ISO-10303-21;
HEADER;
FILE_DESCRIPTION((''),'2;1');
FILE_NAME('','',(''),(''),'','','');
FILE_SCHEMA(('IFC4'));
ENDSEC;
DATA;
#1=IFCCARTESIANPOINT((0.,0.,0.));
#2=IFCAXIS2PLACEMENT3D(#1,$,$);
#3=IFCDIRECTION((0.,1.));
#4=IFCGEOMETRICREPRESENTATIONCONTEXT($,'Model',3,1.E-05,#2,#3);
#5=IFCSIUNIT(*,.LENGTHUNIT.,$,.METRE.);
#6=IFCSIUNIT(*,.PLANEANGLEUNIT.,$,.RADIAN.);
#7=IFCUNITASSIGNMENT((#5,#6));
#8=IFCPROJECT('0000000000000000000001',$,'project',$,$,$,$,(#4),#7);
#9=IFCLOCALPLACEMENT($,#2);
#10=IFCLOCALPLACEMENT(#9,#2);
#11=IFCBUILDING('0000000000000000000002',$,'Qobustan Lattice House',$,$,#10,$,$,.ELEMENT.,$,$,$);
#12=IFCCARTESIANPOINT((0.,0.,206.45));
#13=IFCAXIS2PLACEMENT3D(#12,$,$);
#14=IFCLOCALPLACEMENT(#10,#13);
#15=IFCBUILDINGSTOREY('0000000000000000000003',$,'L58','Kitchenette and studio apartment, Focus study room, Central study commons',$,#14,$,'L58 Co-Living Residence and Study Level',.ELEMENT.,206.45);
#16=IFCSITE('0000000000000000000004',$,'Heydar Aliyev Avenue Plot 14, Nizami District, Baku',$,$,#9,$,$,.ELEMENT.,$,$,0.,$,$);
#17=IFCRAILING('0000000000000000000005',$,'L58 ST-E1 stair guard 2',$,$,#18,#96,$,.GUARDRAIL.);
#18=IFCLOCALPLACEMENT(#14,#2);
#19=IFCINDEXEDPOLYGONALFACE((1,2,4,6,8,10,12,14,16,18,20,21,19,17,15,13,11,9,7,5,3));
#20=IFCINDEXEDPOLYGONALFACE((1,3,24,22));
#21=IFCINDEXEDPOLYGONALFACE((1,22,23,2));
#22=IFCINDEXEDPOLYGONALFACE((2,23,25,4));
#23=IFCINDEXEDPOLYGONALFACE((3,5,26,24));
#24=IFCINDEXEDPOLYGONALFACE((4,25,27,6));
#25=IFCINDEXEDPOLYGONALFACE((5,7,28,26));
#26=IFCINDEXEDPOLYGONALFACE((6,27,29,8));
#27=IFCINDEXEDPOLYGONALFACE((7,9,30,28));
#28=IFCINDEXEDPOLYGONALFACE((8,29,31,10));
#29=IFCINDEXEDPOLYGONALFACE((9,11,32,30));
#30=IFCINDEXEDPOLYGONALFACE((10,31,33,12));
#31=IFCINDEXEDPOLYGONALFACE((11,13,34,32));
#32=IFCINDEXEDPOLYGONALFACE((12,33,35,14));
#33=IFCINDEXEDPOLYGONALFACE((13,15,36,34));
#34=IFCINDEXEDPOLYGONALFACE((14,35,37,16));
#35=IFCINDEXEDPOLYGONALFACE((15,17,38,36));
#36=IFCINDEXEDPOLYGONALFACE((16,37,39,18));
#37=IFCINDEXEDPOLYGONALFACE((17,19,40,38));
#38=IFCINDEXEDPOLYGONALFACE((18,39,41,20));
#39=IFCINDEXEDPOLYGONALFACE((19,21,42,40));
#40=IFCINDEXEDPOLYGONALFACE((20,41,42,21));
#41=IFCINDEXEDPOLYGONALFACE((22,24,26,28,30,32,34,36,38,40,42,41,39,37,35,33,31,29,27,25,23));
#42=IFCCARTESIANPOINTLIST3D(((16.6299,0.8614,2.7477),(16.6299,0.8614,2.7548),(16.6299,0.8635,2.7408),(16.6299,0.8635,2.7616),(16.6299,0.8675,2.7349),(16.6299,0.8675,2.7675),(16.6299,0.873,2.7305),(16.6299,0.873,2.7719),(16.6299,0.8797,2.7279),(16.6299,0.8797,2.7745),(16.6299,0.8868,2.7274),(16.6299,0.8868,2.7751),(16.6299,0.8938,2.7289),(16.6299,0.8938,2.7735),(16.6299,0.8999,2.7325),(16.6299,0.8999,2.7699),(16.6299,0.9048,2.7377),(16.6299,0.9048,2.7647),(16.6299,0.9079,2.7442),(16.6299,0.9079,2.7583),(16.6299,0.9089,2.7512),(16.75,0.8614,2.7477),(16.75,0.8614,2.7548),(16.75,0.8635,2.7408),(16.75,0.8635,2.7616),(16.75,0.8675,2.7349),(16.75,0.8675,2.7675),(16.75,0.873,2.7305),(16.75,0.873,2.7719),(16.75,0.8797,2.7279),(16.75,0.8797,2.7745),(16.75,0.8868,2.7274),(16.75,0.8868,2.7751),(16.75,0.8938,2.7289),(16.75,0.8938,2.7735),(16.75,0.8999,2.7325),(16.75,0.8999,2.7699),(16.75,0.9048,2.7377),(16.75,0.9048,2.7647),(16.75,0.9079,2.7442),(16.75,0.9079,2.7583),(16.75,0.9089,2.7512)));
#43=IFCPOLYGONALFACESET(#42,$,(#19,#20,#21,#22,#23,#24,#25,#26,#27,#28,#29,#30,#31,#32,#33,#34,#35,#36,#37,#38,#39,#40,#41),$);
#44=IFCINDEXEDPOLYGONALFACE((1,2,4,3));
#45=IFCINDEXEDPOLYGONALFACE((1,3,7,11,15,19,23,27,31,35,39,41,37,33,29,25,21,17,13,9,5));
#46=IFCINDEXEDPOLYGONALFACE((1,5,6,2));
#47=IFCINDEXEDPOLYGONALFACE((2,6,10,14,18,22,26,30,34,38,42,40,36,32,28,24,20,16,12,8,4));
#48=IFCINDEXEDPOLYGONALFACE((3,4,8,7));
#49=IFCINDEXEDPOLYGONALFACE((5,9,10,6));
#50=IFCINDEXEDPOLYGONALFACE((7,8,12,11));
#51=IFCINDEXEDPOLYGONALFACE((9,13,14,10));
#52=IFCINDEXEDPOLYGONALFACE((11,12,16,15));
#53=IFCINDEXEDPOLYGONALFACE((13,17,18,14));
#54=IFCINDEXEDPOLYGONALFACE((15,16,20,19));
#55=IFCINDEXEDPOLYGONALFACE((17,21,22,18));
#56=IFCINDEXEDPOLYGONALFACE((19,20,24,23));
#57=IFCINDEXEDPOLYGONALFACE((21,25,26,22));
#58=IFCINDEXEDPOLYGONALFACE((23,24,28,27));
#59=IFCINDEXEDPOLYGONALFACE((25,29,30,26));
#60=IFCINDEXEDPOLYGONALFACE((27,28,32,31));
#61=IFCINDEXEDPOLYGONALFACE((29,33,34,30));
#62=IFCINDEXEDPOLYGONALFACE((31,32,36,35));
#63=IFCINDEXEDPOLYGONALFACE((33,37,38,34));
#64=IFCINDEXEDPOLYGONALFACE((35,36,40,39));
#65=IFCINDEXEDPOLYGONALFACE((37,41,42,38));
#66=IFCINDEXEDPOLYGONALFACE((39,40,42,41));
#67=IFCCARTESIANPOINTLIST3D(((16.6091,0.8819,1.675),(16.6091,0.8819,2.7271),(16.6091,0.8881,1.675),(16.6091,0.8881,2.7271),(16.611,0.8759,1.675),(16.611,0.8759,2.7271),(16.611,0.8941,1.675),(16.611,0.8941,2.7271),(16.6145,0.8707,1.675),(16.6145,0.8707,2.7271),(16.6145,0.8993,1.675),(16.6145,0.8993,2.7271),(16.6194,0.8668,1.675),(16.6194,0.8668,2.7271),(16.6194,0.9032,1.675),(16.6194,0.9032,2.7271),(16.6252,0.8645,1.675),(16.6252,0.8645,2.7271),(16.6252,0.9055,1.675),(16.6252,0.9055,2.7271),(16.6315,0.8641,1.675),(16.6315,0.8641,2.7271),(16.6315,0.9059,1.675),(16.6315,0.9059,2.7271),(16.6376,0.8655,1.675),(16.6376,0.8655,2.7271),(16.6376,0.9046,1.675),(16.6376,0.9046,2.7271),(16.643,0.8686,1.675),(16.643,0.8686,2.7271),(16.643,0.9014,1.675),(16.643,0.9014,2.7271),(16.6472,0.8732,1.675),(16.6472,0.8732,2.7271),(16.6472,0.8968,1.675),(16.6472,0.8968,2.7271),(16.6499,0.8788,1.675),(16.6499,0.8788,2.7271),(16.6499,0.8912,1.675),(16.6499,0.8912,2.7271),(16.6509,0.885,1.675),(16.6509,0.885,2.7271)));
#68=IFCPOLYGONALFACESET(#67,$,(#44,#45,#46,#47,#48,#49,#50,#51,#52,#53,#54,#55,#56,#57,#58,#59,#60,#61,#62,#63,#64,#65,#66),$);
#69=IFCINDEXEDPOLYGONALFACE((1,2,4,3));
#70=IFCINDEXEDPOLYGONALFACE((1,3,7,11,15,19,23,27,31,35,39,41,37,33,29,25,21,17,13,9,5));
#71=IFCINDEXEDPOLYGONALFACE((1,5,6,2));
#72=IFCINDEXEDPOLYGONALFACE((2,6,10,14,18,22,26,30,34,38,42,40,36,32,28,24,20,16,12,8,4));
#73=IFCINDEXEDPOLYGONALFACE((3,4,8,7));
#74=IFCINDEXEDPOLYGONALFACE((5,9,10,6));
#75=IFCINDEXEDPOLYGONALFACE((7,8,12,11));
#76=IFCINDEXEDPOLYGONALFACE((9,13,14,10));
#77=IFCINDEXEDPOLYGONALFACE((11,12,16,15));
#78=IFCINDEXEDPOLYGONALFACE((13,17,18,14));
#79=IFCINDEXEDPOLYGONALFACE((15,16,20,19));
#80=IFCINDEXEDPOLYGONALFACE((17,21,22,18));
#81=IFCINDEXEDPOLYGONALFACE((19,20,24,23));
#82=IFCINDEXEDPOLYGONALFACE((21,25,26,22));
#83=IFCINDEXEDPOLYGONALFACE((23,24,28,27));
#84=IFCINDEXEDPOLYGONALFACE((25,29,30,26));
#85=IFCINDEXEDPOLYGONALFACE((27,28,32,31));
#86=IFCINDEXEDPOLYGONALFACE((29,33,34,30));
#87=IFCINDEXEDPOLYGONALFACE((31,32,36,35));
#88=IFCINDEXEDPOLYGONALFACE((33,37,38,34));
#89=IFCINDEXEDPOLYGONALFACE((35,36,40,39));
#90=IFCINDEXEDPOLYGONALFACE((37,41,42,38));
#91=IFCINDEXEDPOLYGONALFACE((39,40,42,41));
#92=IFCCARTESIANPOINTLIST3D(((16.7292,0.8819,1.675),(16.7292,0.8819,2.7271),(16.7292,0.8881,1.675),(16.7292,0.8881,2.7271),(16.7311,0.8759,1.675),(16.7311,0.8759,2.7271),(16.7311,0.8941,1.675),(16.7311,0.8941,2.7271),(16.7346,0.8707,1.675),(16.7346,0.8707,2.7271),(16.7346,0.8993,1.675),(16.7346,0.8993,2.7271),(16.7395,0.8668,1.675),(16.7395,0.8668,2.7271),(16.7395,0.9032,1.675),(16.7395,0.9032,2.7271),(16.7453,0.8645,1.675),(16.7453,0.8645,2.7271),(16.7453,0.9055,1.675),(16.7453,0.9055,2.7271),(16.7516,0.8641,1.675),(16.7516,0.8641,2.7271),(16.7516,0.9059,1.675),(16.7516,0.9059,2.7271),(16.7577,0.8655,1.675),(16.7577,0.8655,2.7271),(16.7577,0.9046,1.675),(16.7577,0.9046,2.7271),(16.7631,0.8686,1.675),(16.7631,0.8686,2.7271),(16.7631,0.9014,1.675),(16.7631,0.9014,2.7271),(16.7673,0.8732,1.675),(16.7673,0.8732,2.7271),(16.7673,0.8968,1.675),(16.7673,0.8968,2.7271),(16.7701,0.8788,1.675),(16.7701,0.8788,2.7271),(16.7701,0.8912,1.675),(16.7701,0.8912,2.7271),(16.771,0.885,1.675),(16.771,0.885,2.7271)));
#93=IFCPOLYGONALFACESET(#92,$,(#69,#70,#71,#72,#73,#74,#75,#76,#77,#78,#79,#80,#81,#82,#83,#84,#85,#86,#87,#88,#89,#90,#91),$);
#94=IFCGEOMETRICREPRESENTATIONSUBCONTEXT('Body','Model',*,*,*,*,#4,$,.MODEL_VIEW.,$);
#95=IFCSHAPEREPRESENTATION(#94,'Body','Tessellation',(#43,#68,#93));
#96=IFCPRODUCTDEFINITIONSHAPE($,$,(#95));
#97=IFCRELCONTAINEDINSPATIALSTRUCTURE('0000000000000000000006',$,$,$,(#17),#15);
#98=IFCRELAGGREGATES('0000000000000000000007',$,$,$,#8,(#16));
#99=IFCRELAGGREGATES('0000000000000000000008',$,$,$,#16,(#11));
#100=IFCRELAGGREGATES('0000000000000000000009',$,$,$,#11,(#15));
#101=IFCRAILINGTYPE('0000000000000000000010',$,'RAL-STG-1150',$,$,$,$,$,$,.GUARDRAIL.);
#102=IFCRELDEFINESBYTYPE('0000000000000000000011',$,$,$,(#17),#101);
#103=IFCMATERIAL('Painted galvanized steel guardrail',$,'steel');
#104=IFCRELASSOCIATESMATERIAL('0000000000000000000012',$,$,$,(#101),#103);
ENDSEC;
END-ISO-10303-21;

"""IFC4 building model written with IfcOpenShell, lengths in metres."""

from ifc_helpers import new_model, si_unit, direction, frame, origin, origin_2d, place, context, subcontext, project, spatial, circle, extrude, material, type_object, element, save


model = new_model("IFC4")

# Units and contexts
model_context = context("Model", 3, precision=1e-05, world=origin(), true_north=direction((0.0, 1.0)))
body_context = subcontext(model_context, "Body", "Model", "MODEL_VIEW")
ifc_project = project(units=[si_unit("LENGTHUNIT", "METRE"), si_unit("PLANEANGLEUNIT", "RADIAN")], contexts=[model_context])

# Site, building, storey
site_placement = place(None, origin())
site = spatial("IfcSite", under=ifc_project, at=site_placement, Name="Heydar Aliyev Avenue Plot 14, Nizami District, Baku", CompositionType="ELEMENT", RefElevation=0.0)
building_placement = place(site_placement, origin())
building = spatial("IfcBuilding", under=site, at=building_placement, Name="Qobustan Lattice House", CompositionType="ELEMENT")
storey_placement = place(building_placement, frame((0.0, 0.0, 206.45)))
storey = spatial("IfcBuildingStorey", under=building, at=storey_placement, Name="L58", Description="Kitchenette and studio apartment, Focus study room, Central study commons", LongName="L58 Co-Living Residence and Study Level", CompositionType="ELEMENT", Elevation=206.45)

# Railing
ifc_material_1 = material(Name="Painted galvanized steel guardrail", Category="steel")
railing_type_1 = type_object("IfcRailingType", Name="RAL-STG-1150", PredefinedType="GUARDRAIL", material=ifc_material_1)
railing_1_placement = place(storey_placement, frame((16.6299, 0.885, 1.675)))
element("IfcRailing", 1, at=railing_1_placement, inside=storey, type_object=railing_type_1, Name="L58 ST-E1 stair guard 2", PredefinedType="GUARDRAIL", context=body_context, shape_type="SweptSolid", body=[
    extrude(circle(Radius=0.0239, at=origin_2d()), frame((0.0, 0.0, 1.0762), z_axis=(1.0, 0.0, 0.0), x_axis=(0.0, 1.0, 0.0)), (0.0, 0.0, 1.0), 0.1201),
    extrude(circle(Radius=0.021, at=origin_2d()), origin(), (0.0, 0.0, 1.0), 1.052),
    extrude(circle(Radius=0.021, at=origin_2d()), frame((0.1201, 0.0, 0.0)), (0.0, 0.0, 1.0), 1.052),
])

save(model, "model.ifc")
